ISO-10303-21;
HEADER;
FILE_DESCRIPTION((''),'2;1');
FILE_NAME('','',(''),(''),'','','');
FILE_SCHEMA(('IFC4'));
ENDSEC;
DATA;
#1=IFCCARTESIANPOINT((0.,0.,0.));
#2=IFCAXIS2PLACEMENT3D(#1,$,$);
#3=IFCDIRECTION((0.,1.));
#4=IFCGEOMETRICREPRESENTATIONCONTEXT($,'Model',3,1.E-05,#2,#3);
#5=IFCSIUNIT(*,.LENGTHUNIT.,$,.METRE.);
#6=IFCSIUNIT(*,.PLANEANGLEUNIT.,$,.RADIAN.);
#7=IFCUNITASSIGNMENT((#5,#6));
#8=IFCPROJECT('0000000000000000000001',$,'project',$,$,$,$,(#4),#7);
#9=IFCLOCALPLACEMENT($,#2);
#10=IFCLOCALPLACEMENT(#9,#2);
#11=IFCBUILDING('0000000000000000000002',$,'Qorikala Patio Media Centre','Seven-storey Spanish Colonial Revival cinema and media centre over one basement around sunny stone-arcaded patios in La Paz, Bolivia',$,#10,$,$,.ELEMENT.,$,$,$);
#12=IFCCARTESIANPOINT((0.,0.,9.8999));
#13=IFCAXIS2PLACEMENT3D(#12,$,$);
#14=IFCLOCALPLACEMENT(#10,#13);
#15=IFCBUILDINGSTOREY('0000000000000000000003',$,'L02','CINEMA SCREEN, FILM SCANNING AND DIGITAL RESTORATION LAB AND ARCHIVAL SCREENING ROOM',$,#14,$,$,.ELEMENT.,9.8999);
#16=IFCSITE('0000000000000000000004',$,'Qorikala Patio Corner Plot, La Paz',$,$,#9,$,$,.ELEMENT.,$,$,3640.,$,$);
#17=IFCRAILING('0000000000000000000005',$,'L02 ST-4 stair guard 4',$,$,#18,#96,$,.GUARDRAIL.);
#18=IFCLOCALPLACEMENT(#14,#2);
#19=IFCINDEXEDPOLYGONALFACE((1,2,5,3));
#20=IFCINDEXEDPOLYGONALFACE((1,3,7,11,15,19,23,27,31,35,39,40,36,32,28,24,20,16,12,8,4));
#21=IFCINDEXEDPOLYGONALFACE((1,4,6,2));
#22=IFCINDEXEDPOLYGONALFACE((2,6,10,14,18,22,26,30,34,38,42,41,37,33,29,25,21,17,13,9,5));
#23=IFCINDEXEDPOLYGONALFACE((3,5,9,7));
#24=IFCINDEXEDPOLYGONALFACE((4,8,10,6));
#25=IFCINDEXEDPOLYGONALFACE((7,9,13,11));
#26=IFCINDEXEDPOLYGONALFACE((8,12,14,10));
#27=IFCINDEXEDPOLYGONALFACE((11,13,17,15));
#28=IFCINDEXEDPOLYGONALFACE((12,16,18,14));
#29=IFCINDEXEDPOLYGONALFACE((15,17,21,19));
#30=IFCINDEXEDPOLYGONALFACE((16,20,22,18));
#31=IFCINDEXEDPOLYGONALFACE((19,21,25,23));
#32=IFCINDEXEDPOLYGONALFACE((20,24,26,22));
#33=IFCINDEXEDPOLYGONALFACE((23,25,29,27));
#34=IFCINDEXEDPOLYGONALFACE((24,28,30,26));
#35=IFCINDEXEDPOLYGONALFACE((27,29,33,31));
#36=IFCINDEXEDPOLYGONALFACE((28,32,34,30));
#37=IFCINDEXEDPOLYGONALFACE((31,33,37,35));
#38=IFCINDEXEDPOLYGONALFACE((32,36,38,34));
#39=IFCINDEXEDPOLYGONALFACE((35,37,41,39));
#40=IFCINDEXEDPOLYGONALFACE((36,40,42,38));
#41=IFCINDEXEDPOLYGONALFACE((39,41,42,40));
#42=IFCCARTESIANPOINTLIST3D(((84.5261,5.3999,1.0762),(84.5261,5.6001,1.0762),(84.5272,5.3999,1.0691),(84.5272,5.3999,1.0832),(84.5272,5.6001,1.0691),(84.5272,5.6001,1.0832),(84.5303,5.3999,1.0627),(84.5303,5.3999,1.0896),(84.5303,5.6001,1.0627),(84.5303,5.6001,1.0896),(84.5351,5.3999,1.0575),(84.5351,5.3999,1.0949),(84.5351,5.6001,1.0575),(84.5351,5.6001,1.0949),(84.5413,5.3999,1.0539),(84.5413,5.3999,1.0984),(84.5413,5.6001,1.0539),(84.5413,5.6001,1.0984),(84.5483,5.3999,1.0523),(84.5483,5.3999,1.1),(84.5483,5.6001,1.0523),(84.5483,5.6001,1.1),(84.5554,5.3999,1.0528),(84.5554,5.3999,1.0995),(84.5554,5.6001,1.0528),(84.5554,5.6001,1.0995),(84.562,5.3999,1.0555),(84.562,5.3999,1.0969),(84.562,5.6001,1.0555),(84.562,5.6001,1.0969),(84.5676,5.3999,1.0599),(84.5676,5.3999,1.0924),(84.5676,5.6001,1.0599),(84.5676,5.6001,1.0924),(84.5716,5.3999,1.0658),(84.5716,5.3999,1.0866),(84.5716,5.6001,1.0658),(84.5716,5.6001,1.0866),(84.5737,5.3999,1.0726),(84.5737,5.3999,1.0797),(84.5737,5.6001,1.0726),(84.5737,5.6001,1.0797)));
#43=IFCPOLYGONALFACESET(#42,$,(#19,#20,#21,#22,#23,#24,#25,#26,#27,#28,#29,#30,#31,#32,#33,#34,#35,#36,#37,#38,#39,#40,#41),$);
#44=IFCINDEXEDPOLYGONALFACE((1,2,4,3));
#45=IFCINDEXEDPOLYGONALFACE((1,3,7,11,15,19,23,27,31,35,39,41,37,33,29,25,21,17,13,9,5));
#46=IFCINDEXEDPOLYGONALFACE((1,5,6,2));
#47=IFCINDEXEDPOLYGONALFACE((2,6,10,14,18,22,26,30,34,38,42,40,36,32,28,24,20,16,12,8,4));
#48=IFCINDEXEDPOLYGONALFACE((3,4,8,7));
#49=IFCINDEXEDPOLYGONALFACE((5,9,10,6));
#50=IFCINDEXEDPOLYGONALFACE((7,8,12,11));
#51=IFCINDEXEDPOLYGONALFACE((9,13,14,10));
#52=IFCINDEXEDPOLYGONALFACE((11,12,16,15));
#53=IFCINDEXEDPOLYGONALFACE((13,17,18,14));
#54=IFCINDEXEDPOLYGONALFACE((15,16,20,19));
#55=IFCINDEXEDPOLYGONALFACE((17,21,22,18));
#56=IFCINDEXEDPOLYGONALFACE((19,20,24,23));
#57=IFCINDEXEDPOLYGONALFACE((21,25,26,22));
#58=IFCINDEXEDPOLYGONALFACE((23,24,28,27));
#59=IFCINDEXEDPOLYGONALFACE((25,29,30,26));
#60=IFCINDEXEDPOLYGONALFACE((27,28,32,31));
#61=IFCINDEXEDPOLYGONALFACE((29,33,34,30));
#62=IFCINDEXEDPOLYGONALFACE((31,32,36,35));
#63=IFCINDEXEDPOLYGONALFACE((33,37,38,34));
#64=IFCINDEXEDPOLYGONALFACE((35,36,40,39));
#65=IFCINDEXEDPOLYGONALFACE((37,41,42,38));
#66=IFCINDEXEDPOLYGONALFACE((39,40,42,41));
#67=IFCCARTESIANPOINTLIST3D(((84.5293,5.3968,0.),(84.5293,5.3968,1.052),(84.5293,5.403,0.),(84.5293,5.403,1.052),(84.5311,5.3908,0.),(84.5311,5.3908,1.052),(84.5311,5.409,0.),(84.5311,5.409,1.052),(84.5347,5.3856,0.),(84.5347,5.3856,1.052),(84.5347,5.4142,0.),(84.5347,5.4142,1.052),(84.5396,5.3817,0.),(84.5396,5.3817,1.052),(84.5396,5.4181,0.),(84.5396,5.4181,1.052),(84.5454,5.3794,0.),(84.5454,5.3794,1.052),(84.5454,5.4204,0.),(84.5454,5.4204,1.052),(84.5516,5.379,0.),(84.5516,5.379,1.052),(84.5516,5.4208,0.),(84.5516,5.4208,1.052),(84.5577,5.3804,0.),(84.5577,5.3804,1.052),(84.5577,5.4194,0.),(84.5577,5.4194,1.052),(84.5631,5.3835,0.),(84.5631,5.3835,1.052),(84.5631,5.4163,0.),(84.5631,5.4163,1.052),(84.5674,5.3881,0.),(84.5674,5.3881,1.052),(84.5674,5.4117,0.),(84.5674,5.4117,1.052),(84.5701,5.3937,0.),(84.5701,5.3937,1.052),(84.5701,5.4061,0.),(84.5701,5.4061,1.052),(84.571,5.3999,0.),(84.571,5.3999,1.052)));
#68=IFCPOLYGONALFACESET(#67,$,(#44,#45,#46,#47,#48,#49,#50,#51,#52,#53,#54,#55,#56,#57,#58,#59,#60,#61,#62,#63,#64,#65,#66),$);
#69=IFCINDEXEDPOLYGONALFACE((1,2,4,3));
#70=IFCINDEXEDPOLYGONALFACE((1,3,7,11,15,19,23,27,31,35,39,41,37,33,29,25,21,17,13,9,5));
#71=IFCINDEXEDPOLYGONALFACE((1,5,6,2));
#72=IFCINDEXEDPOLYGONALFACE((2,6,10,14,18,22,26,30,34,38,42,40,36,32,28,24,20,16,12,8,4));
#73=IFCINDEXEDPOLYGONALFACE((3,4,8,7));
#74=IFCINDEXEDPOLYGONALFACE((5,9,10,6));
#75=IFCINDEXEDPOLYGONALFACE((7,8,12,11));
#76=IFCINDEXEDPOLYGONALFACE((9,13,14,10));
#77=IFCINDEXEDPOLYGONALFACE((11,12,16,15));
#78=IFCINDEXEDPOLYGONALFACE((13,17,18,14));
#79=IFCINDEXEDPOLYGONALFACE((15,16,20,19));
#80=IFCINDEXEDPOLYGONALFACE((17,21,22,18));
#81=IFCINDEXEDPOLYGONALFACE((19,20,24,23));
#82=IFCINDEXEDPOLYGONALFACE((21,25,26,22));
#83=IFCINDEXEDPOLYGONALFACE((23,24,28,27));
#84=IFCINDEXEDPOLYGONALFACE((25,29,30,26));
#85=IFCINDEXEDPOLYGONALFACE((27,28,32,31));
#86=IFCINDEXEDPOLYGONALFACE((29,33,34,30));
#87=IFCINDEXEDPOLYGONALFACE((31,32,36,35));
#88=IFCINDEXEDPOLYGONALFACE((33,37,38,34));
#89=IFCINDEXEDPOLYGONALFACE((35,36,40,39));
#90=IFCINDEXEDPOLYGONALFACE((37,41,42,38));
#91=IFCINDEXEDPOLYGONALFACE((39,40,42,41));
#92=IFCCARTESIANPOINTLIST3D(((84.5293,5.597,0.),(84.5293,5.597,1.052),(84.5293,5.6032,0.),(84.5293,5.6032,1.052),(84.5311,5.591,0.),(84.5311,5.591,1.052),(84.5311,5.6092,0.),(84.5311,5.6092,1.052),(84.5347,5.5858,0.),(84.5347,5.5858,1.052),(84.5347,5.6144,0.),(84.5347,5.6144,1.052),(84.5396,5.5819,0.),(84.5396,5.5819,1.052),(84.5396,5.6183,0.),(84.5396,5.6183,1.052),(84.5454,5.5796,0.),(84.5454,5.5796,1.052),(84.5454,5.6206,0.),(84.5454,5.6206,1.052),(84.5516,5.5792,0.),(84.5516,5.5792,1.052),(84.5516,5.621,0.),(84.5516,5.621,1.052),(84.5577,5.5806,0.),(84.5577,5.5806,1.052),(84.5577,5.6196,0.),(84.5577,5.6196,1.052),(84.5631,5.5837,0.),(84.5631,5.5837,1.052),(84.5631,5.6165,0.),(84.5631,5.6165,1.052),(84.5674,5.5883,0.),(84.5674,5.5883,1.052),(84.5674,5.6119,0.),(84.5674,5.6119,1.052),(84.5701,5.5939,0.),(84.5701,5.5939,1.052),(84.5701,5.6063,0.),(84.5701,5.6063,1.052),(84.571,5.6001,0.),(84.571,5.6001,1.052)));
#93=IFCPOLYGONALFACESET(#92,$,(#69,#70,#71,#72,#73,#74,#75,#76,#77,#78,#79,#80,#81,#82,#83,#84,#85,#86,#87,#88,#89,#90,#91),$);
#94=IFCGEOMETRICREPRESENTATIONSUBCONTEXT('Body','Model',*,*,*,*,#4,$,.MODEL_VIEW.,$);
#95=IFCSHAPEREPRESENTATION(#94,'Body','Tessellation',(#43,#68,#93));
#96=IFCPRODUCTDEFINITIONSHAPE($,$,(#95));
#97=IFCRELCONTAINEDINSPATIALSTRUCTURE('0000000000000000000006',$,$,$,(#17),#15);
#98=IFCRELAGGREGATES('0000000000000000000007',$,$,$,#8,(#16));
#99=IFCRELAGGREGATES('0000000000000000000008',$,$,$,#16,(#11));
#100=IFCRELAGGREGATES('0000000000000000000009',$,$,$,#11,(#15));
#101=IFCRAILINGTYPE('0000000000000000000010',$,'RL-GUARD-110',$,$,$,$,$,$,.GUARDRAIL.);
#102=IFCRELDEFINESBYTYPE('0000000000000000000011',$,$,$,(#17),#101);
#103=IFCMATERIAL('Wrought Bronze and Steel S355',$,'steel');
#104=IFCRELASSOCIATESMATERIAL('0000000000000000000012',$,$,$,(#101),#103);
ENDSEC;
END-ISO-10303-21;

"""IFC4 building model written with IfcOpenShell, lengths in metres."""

from ifc_helpers import new_model, si_unit, direction, frame, origin, origin_2d, place, context, subcontext, project, spatial, circle, extrude, material, type_object, element, save


model = new_model("IFC4")

# Units and contexts
model_context = context("Model", 3, precision=1e-05, world=origin(), true_north=direction((0.0, 1.0)))
body_context = subcontext(model_context, "Body", "Model", "MODEL_VIEW")
ifc_project = project(units=[si_unit("LENGTHUNIT", "METRE"), si_unit("PLANEANGLEUNIT", "RADIAN")], contexts=[model_context])

# Site, building, storey
site_placement = place(None, origin())
site = spatial("IfcSite", under=ifc_project, at=site_placement, Name="Qorikala Patio Corner Plot, La Paz", CompositionType="ELEMENT", RefElevation=3640.0)
building_placement = place(site_placement, origin())
building = spatial("IfcBuilding", under=site, at=building_placement, Name="Qorikala Patio Media Centre", Description="Seven-storey Spanish Colonial Revival cinema and media centre over one basement around sunny stone-arcaded patios in La Paz, Bolivia", CompositionType="ELEMENT")
storey_placement = place(building_placement, frame((0.0, 0.0, 9.8999)))
storey = spatial("IfcBuildingStorey", under=building, at=storey_placement, Name="L02", Description="CINEMA SCREEN, FILM SCANNING AND DIGITAL RESTORATION LAB AND ARCHIVAL SCREENING ROOM", CompositionType="ELEMENT", Elevation=9.8999)

# Railing
ifc_material_1 = material(Name="Wrought Bronze and Steel S355", Category="steel")
railing_type_1 = type_object("IfcRailingType", Name="RL-GUARD-110", PredefinedType="GUARDRAIL", material=ifc_material_1)
railing_1_placement = place(storey_placement, frame((84.55, 5.3999, 0.0)))
element("IfcRailing", 1, at=railing_1_placement, inside=storey, type_object=railing_type_1, Name="L02 ST-4 stair guard 4", PredefinedType="GUARDRAIL", context=body_context, shape_type="SweptSolid", body=[
    extrude(circle(Radius=0.0239, at=origin_2d()), frame((0.0, 0.0, 1.0762), z_axis=(0.0, 1.0, 0.0), x_axis=(-1.0, 0.0, 0.0)), (0.0, 0.0, 1.0), 0.2002),
    extrude(circle(Radius=0.021, at=origin_2d()), origin(), (0.0, 0.0, 1.0), 1.052),
    extrude(circle(Radius=0.021, at=origin_2d()), frame((0.0, 0.2002, 0.0)), (0.0, 0.0, 1.0), 1.052),
])

save(model, "model.ifc")
